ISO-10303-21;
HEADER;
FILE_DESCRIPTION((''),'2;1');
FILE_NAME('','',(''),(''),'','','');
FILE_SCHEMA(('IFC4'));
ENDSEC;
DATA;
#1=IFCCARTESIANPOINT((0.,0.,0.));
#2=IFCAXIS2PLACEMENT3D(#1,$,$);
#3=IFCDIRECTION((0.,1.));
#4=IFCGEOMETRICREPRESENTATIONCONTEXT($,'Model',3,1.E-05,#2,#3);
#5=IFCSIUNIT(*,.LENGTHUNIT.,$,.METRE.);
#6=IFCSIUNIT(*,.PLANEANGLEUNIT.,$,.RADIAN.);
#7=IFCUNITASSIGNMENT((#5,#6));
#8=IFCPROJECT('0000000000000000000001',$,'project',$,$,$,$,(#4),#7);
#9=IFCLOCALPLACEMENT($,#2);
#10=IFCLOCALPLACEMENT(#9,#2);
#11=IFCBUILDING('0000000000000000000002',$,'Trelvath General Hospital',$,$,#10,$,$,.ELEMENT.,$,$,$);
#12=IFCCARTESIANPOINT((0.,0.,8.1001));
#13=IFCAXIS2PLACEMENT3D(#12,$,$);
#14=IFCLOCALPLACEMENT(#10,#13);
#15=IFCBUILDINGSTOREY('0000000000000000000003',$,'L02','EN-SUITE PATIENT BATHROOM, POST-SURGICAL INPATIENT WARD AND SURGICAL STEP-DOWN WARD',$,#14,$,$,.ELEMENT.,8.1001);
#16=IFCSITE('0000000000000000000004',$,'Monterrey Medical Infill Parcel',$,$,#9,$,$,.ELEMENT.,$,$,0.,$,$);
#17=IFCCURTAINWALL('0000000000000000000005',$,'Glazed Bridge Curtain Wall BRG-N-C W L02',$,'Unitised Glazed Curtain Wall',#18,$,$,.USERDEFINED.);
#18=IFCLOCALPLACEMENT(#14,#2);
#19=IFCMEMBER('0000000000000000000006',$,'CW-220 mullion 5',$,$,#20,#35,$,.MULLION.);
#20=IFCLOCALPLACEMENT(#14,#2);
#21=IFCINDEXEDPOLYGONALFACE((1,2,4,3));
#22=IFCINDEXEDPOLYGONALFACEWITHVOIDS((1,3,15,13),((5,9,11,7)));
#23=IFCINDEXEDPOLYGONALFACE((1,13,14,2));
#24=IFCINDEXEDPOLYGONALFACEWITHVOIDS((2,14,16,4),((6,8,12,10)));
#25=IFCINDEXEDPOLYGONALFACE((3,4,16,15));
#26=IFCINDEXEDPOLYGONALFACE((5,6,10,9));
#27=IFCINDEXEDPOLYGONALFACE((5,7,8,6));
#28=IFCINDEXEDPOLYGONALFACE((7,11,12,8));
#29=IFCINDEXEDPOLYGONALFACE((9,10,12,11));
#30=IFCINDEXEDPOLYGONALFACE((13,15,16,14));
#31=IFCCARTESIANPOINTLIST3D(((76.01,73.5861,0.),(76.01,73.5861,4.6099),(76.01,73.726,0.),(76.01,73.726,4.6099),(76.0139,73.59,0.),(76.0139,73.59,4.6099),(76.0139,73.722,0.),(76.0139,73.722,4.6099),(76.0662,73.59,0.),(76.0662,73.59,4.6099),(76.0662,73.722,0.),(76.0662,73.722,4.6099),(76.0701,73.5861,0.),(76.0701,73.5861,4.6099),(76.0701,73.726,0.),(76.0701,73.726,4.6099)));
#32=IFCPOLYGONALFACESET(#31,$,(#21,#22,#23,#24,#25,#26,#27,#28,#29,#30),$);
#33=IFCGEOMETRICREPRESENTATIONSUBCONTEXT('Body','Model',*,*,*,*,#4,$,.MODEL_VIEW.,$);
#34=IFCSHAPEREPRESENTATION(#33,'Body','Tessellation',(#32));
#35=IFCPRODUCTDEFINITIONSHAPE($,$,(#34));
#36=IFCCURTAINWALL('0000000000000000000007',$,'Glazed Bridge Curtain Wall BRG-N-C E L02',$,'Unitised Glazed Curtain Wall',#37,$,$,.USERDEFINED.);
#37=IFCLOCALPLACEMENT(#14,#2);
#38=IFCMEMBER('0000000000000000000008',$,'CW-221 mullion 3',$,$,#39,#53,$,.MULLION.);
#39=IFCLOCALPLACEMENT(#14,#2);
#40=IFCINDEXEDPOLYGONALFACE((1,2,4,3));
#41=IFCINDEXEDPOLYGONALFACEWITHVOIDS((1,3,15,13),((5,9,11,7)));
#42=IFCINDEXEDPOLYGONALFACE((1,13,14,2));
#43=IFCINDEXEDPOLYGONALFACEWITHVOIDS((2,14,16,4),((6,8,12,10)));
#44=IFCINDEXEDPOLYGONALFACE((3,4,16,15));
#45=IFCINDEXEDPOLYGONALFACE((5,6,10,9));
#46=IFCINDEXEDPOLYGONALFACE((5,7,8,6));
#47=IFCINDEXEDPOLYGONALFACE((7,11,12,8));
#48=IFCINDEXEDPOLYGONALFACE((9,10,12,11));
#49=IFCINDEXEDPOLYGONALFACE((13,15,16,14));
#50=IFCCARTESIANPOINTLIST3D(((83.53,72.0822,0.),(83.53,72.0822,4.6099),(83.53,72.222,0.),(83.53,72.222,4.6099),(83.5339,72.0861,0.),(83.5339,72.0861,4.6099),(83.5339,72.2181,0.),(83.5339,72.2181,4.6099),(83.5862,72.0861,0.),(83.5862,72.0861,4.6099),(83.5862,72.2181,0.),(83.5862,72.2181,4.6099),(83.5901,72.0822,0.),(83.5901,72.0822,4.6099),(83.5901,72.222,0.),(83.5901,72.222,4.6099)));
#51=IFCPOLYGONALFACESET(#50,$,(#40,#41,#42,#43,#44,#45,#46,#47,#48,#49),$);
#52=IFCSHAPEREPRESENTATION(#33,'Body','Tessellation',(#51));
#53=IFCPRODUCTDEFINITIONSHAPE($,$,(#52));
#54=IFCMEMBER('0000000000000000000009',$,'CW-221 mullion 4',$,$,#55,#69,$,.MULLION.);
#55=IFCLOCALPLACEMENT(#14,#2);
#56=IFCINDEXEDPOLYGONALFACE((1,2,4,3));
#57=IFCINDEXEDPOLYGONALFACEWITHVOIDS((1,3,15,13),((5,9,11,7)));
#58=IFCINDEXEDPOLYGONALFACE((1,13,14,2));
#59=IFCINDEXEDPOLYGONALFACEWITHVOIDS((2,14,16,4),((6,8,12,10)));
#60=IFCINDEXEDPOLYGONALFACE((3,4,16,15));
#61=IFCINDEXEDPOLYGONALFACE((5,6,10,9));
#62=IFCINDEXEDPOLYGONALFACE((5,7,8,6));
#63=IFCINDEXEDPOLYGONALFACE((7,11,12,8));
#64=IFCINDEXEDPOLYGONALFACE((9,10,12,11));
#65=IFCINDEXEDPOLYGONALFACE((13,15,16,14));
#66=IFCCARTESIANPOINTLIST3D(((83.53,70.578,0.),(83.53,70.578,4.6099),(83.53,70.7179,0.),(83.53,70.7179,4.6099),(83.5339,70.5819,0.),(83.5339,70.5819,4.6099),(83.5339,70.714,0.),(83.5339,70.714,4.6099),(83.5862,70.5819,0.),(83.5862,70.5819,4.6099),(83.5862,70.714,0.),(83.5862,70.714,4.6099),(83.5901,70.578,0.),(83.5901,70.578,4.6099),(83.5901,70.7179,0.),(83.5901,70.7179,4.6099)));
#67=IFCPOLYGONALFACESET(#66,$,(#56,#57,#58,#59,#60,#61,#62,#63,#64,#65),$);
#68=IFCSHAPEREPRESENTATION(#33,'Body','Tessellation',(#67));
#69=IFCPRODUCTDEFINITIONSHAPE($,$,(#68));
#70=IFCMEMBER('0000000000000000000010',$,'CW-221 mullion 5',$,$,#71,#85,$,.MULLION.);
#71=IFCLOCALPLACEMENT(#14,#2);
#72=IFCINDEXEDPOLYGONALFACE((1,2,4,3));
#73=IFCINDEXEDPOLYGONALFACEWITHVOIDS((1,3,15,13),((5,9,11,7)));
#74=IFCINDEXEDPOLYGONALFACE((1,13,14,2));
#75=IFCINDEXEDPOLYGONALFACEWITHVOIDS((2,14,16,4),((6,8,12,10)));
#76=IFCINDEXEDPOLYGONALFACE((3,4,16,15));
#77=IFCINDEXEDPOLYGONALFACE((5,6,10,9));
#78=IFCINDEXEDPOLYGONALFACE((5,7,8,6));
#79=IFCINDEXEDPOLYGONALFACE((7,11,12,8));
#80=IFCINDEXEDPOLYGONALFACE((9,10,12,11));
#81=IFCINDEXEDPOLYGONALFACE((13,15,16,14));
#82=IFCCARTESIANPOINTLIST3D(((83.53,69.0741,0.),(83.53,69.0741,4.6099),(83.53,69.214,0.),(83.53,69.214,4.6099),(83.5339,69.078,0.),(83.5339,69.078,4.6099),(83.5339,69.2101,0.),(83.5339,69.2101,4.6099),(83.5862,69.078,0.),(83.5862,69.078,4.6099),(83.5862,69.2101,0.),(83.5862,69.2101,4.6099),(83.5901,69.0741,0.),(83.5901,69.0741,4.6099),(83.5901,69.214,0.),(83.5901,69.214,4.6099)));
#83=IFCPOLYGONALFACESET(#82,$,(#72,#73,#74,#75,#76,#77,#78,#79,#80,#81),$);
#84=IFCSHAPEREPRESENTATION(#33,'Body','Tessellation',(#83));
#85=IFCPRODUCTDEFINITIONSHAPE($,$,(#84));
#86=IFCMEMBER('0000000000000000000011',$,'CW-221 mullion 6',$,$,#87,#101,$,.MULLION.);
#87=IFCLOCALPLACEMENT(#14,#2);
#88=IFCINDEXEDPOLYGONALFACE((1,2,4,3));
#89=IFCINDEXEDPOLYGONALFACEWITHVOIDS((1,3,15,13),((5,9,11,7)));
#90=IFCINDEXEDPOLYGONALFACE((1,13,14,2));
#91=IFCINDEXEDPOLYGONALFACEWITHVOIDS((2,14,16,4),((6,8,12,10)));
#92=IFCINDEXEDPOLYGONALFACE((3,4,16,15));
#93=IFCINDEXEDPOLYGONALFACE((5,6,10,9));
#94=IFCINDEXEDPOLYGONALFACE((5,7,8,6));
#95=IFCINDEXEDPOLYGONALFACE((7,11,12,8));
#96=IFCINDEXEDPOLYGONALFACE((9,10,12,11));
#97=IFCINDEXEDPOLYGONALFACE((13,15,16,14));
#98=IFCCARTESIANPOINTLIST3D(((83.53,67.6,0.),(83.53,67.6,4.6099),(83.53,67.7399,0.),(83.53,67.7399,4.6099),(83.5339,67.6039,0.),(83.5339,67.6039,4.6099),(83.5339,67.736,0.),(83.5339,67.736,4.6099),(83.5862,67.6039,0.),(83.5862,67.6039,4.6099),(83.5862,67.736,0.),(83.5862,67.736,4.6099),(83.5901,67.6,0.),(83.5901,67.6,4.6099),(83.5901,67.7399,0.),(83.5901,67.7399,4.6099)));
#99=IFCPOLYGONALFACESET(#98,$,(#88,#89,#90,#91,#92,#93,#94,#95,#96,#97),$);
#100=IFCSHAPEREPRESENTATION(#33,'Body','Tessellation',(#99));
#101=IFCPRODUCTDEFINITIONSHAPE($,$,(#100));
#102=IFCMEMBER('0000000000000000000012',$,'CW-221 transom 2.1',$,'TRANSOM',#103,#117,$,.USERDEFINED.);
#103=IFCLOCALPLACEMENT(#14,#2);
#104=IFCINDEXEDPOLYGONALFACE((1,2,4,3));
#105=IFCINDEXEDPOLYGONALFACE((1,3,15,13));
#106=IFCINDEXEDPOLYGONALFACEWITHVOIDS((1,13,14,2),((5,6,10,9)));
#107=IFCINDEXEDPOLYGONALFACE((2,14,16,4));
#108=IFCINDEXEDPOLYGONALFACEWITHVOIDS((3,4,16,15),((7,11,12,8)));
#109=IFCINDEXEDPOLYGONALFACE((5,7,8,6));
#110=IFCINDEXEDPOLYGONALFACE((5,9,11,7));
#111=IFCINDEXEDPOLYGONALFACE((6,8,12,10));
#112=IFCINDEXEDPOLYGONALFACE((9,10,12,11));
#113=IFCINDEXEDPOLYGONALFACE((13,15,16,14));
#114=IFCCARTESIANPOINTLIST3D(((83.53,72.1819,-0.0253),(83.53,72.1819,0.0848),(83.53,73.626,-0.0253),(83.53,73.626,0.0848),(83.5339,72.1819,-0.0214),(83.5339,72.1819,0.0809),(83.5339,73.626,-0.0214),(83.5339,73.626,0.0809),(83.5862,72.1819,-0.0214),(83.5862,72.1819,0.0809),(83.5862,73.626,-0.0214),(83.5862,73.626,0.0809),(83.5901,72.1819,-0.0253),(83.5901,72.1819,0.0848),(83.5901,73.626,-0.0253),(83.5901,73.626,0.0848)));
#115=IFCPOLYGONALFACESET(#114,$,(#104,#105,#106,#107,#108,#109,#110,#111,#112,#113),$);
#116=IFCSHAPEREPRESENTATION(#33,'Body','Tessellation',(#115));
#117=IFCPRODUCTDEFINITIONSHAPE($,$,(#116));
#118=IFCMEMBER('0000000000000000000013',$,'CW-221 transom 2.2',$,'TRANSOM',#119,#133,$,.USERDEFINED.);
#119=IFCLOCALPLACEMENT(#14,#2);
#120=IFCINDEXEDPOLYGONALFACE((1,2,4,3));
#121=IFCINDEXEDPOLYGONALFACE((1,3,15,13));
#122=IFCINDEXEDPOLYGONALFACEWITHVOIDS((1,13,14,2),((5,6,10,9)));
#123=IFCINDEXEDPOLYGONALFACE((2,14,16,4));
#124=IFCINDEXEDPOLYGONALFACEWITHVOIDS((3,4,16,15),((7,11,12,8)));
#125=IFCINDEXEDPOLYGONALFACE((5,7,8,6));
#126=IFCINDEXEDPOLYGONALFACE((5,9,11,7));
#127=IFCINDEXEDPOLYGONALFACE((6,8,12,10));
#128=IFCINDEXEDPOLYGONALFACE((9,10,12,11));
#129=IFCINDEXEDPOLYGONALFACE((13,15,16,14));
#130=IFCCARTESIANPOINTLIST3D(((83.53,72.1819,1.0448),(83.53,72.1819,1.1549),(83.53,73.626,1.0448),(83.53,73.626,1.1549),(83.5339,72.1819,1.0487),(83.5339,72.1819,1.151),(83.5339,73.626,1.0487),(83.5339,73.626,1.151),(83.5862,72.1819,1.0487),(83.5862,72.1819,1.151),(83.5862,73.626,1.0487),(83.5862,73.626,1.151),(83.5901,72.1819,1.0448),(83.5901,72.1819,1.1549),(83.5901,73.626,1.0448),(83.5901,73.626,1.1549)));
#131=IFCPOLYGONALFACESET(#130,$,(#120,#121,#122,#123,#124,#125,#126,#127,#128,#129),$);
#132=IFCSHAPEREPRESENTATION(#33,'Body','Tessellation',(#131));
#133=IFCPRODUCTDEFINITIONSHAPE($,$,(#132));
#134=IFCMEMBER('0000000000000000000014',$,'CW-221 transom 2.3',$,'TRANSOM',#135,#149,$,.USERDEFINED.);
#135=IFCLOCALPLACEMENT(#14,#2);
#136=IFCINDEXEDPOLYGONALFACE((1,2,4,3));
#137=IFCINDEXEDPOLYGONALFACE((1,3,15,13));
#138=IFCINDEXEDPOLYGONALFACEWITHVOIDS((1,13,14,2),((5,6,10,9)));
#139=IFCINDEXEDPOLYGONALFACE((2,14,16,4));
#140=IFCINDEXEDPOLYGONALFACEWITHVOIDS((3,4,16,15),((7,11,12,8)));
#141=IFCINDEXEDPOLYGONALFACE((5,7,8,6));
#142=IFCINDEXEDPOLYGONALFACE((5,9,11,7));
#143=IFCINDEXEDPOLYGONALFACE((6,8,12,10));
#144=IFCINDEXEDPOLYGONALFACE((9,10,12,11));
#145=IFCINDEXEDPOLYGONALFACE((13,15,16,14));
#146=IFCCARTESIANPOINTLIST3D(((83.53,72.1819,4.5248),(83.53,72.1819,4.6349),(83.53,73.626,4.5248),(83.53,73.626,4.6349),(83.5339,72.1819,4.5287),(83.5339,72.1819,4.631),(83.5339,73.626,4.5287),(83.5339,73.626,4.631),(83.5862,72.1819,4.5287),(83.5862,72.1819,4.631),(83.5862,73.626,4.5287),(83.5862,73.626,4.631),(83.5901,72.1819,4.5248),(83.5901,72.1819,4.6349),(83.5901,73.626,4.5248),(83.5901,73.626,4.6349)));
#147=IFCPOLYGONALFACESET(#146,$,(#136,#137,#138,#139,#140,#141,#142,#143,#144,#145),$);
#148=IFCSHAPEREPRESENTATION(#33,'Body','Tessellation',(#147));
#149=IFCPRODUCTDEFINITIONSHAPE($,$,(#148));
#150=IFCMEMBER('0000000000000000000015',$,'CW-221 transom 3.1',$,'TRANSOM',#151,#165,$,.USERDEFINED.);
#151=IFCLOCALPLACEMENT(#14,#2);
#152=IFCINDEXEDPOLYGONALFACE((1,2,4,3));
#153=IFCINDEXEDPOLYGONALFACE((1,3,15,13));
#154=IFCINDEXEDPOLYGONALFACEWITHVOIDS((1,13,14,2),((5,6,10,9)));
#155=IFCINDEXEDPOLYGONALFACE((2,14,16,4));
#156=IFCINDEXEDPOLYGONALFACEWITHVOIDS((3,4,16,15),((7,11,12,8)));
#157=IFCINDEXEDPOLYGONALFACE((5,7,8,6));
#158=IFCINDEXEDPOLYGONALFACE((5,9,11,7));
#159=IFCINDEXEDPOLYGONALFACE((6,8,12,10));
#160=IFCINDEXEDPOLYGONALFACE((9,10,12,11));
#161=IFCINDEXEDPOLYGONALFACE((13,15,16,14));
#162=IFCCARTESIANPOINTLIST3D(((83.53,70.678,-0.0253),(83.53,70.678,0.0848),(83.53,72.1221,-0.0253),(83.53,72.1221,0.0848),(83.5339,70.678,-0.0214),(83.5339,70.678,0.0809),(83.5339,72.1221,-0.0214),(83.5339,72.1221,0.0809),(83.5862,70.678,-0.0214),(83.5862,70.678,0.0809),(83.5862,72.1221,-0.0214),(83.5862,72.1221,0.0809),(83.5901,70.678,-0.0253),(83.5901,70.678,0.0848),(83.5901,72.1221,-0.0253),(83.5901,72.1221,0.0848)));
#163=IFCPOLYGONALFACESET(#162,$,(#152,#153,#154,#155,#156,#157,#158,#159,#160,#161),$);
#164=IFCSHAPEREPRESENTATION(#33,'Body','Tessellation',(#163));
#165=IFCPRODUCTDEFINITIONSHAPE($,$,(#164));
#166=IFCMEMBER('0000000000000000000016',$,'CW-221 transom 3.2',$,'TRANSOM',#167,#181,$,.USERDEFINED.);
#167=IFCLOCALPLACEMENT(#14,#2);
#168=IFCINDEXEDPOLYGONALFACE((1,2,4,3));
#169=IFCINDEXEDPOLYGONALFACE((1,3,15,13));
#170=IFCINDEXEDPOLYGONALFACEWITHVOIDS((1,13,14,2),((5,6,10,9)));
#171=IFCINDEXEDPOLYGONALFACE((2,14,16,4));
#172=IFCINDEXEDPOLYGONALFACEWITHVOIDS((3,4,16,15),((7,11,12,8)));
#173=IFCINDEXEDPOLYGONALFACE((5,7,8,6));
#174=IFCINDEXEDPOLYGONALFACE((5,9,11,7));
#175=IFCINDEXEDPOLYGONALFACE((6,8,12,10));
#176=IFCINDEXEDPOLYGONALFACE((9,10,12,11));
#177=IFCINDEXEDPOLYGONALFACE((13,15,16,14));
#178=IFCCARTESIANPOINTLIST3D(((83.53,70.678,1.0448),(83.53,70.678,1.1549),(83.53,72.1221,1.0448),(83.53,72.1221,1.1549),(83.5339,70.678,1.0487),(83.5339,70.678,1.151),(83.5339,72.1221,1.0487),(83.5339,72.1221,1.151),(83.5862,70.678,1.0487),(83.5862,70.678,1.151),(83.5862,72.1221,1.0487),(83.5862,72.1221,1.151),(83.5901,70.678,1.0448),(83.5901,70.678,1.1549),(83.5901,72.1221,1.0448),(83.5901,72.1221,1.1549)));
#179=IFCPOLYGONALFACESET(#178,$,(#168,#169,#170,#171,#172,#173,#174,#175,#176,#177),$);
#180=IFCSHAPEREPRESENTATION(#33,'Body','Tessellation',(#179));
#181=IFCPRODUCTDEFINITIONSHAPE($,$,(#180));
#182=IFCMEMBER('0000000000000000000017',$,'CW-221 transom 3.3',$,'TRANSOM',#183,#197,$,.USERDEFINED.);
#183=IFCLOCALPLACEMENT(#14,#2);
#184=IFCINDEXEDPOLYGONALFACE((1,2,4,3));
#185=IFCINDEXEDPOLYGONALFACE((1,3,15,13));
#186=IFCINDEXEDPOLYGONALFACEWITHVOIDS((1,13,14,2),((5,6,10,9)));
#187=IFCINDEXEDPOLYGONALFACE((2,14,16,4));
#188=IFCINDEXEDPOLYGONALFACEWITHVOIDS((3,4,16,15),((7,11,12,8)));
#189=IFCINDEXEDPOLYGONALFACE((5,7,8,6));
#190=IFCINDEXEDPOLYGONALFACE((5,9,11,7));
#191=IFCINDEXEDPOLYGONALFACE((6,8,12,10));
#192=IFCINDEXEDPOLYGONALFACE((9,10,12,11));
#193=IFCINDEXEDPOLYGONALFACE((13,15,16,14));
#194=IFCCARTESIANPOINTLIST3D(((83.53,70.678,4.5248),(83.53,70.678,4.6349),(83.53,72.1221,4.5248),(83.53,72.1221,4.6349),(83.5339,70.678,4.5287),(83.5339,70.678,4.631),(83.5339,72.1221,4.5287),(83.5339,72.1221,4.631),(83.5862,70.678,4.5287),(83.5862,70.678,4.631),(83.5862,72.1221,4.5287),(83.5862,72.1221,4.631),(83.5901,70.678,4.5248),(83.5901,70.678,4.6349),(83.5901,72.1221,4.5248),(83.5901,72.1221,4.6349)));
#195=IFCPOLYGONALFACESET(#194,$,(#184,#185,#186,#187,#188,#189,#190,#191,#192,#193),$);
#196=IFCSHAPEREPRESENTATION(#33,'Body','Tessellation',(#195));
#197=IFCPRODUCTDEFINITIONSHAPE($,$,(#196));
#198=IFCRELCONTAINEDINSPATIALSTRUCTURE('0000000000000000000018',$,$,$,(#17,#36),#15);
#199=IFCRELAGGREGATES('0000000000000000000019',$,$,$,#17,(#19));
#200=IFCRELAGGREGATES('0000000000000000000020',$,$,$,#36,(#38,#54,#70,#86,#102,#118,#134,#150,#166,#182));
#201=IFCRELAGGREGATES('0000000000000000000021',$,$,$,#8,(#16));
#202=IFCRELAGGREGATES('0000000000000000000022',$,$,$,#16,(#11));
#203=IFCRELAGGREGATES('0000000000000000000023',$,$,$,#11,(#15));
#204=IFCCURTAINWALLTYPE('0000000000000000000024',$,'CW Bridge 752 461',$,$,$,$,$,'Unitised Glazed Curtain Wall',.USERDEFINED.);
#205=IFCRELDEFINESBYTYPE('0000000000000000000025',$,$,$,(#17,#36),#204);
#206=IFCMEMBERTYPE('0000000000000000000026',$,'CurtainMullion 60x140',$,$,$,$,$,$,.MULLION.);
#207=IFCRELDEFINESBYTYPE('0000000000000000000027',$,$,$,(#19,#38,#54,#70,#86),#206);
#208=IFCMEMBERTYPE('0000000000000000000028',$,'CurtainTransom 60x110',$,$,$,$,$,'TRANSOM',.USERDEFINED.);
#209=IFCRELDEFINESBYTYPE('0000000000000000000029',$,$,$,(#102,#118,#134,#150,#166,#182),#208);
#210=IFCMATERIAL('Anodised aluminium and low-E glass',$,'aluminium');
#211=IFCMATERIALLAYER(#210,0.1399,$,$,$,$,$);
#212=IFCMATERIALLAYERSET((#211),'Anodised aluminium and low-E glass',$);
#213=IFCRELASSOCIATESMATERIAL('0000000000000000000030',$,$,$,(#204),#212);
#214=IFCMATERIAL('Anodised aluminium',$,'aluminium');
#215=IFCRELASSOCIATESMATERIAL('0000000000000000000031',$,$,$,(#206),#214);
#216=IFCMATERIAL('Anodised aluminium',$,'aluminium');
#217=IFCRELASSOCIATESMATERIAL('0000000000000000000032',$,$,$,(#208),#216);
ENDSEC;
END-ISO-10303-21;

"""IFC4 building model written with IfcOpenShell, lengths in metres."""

from ifc_helpers import new_model, si_unit, direction, frame, origin, origin_2d, place, context, subcontext, project, spatial, hollow_rectangle, extrude, material, layer, layer_set, material_profile, profile_set, type_object, element, aggregate, save


model = new_model("IFC4")

# Units and contexts
model_context = context("Model", 3, precision=1e-05, world=origin(), true_north=direction((0.0, 1.0)))
body_context = subcontext(model_context, "Body", "Model", "MODEL_VIEW")
ifc_project = project(units=[si_unit("LENGTHUNIT", "METRE"), si_unit("PLANEANGLEUNIT", "RADIAN")], contexts=[model_context])

# Site, building, storey
site_placement = place(None, origin())
site = spatial("IfcSite", under=ifc_project, at=site_placement, Name="Monterrey Medical Infill Parcel", CompositionType="ELEMENT", RefElevation=0.0)
building_placement = place(site_placement, origin())
building = spatial("IfcBuilding", under=site, at=building_placement, Name="Trelvath General Hospital", CompositionType="ELEMENT")
storey_placement = place(building_placement, frame((0.0, 0.0, 8.1001)))
storey = spatial("IfcBuildingStorey", under=building, at=storey_placement, Name="L02", Description="EN-SUITE PATIENT BATHROOM, POST-SURGICAL INPATIENT WARD AND SURGICAL STEP-DOWN WARD", CompositionType="ELEMENT", Elevation=8.1001)

# Curtain wall, member
ifc_material_1 = material(Name="Anodised aluminium and low-E glass", Category="aluminium")
ifc_layer_1 = layer(ifc_material_1, 0.1399)
ifc_layer_set_1 = layer_set([ifc_layer_1], Name="Anodised aluminium and low-E glass")
curtain_wall_type = type_object("IfcCurtainWallType", Name="CW Bridge 752 461", ElementType="Unitised Glazed Curtain Wall", PredefinedType="USERDEFINED", material=ifc_layer_set_1)
curtain_wall_1_placement = place(storey_placement, origin())
curtain_wall_1 = element("IfcCurtainWall", 1, at=curtain_wall_1_placement, inside=storey, type_object=curtain_wall_type, Name="Glazed Bridge Curtain Wall BRG-N-C W L02", ObjectType="Unitised Glazed Curtain Wall", PredefinedType="USERDEFINED")
ifc_material_2 = material(Name="Anodised aluminium", Category="aluminium")
ifc_material_profile_1 = material_profile(ifc_material_2, hollow_rectangle(XDim=0.0601, YDim=0.1399, WallThickness=0.0039, at=origin_2d()), Name="RHS60x140x4")
ifc_profile_set_1 = profile_set([ifc_material_profile_1], Name="Anodised aluminium")
member_type_1 = type_object("IfcMemberType", Name="CurtainMullion 60x140", PredefinedType="MULLION", material=ifc_profile_set_1)
member_1_placement = place(storey_placement, frame((76.04, 73.656, 0.0), z_axis=(0.0, 0.0, 1.0), x_axis=(-1.0, 0.0, 0.0)))
member_1 = element("IfcMember", 2, at=member_1_placement, type_object=member_type_1, Name="CW-220 mullion 5", PredefinedType="MULLION", context=body_context, shape_type="SweptSolid", body=[
    extrude(hollow_rectangle(XDim=0.0601, YDim=0.1399, WallThickness=0.0039, at=origin_2d()), origin(), (0.0, 0.0, 1.0), 4.6099),
])

# Curtain wall, members
curtain_wall_2_placement = place(storey_placement, origin())
curtain_wall_2 = element("IfcCurtainWall", 3, at=curtain_wall_2_placement, inside=storey, type_object=curtain_wall_type, Name="Glazed Bridge Curtain Wall BRG-N-C E L02", ObjectType="Unitised Glazed Curtain Wall", PredefinedType="USERDEFINED")
member_2_placement = place(storey_placement, frame((83.5601, 72.1521, 0.0), z_axis=(0.0, 0.0, 1.0), x_axis=(1.0, 0.0, 0.0)))
member_2 = element("IfcMember", 4, at=member_2_placement, type_object=member_type_1, Name="CW-221 mullion 3", PredefinedType="MULLION", context=body_context, shape_type="SweptSolid", body=[
    extrude(hollow_rectangle(XDim=0.0601, YDim=0.1399, WallThickness=0.0039, at=origin_2d()), origin(), (0.0, 0.0, 1.0), 4.6099),
])
member_3_placement = place(storey_placement, frame((83.5601, 70.6479, 0.0), z_axis=(0.0, 0.0, 1.0), x_axis=(1.0, 0.0, 0.0)))
member_3 = element("IfcMember", 5, at=member_3_placement, type_object=member_type_1, Name="CW-221 mullion 4", PredefinedType="MULLION", context=body_context, shape_type="SweptSolid", body=[
    extrude(hollow_rectangle(XDim=0.0601, YDim=0.1399, WallThickness=0.0039, at=origin_2d()), origin(), (0.0, 0.0, 1.0), 4.6099),
])
member_4_placement = place(storey_placement, frame((83.5601, 69.144, 0.0), z_axis=(0.0, 0.0, 1.0), x_axis=(1.0, 0.0, 0.0)))
member_4 = element("IfcMember", 6, at=member_4_placement, type_object=member_type_1, Name="CW-221 mullion 5", PredefinedType="MULLION", context=body_context, shape_type="SweptSolid", body=[
    extrude(hollow_rectangle(XDim=0.0601, YDim=0.1399, WallThickness=0.0039, at=origin_2d()), origin(), (0.0, 0.0, 1.0), 4.6099),
])
member_5_placement = place(storey_placement, frame((83.5601, 67.6699, 0.0), z_axis=(0.0, 0.0, 1.0), x_axis=(1.0, 0.0, 0.0)))
member_5 = element("IfcMember", 7, at=member_5_placement, type_object=member_type_1, Name="CW-221 mullion 6", PredefinedType="MULLION", context=body_context, shape_type="SweptSolid", body=[
    extrude(hollow_rectangle(XDim=0.0601, YDim=0.1399, WallThickness=0.0039, at=origin_2d()), origin(), (0.0, 0.0, 1.0), 4.6099),
])
ifc_material_3 = material(Name="Anodised aluminium", Category="aluminium")
ifc_material_profile_2 = material_profile(ifc_material_3, hollow_rectangle(XDim=0.0601, YDim=0.1101, WallThickness=0.0039, at=origin_2d()), Name="RHS60x110x4")
ifc_profile_set_2 = profile_set([ifc_material_profile_2], Name="Anodised aluminium")
member_type_2 = type_object("IfcMemberType", Name="CurtainTransom 60x110", ElementType="TRANSOM", PredefinedType="USERDEFINED", material=ifc_profile_set_2)
member_6_placement = place(storey_placement, frame((83.5601, 73.626, 0.0298), z_axis=(0.0, -1.0, 0.0), x_axis=(1.0, 0.0, 0.0)))
member_6 = element("IfcMember", 8, at=member_6_placement, type_object=member_type_2, Name="CW-221 transom 2.1", ObjectType="TRANSOM", PredefinedType="USERDEFINED", context=body_context, shape_type="SweptSolid", body=[
    extrude(hollow_rectangle(XDim=0.0601, YDim=0.1101, WallThickness=0.0039, at=origin_2d()), origin(), (0.0, 0.0, 1.0), 1.4441),
])
member_7_placement = place(storey_placement, frame((83.5601, 73.626, 1.0999), z_axis=(0.0, -1.0, 0.0), x_axis=(1.0, 0.0, 0.0)))
member_7 = element("IfcMember", 9, at=member_7_placement, type_object=member_type_2, Name="CW-221 transom 2.2", ObjectType="TRANSOM", PredefinedType="USERDEFINED", context=body_context, shape_type="SweptSolid", body=[
    extrude(hollow_rectangle(XDim=0.0601, YDim=0.1101, WallThickness=0.0039, at=origin_2d()), origin(), (0.0, 0.0, 1.0), 1.4441),
])
member_8_placement = place(storey_placement, frame((83.5601, 73.626, 4.5798), z_axis=(0.0, -1.0, 0.0), x_axis=(1.0, 0.0, 0.0)))
member_8 = element("IfcMember", 10, at=member_8_placement, type_object=member_type_2, Name="CW-221 transom 2.3", ObjectType="TRANSOM", PredefinedType="USERDEFINED", context=body_context, shape_type="SweptSolid", body=[
    extrude(hollow_rectangle(XDim=0.0601, YDim=0.1101, WallThickness=0.0039, at=origin_2d()), origin(), (0.0, 0.0, 1.0), 1.4441),
])
member_9_placement = place(storey_placement, frame((83.5601, 72.1221, 0.0298), z_axis=(0.0, -1.0, 0.0), x_axis=(1.0, 0.0, 0.0)))
member_9 = element("IfcMember", 11, at=member_9_placement, type_object=member_type_2, Name="CW-221 transom 3.1", ObjectType="TRANSOM", PredefinedType="USERDEFINED", context=body_context, shape_type="SweptSolid", body=[
    extrude(hollow_rectangle(XDim=0.0601, YDim=0.1101, WallThickness=0.0039, at=origin_2d()), origin(), (0.0, 0.0, 1.0), 1.4441),
])
member_10_placement = place(storey_placement, frame((83.5601, 72.1221, 1.0999), z_axis=(0.0, -1.0, 0.0), x_axis=(1.0, 0.0, 0.0)))
member_10 = element("IfcMember", 12, at=member_10_placement, type_object=member_type_2, Name="CW-221 transom 3.2", ObjectType="TRANSOM", PredefinedType="USERDEFINED", context=body_context, shape_type="SweptSolid", body=[
    extrude(hollow_rectangle(XDim=0.0601, YDim=0.1101, WallThickness=0.0039, at=origin_2d()), origin(), (0.0, 0.0, 1.0), 1.4441),
])
member_11_placement = place(storey_placement, frame((83.5601, 72.1221, 4.5798), z_axis=(0.0, -1.0, 0.0), x_axis=(1.0, 0.0, 0.0)))
member_11 = element("IfcMember", 13, at=member_11_placement, type_object=member_type_2, Name="CW-221 transom 3.3", ObjectType="TRANSOM", PredefinedType="USERDEFINED", context=body_context, shape_type="SweptSolid", body=[
    extrude(hollow_rectangle(XDim=0.0601, YDim=0.1101, WallThickness=0.0039, at=origin_2d()), origin(), (0.0, 0.0, 1.0), 1.4441),
])

aggregate(curtain_wall_1, [member_1])
aggregate(curtain_wall_2, [member_2, member_3, member_4, member_5, member_6, member_7, member_8, member_9, member_10, member_11])

save(model, "model.ifc")
